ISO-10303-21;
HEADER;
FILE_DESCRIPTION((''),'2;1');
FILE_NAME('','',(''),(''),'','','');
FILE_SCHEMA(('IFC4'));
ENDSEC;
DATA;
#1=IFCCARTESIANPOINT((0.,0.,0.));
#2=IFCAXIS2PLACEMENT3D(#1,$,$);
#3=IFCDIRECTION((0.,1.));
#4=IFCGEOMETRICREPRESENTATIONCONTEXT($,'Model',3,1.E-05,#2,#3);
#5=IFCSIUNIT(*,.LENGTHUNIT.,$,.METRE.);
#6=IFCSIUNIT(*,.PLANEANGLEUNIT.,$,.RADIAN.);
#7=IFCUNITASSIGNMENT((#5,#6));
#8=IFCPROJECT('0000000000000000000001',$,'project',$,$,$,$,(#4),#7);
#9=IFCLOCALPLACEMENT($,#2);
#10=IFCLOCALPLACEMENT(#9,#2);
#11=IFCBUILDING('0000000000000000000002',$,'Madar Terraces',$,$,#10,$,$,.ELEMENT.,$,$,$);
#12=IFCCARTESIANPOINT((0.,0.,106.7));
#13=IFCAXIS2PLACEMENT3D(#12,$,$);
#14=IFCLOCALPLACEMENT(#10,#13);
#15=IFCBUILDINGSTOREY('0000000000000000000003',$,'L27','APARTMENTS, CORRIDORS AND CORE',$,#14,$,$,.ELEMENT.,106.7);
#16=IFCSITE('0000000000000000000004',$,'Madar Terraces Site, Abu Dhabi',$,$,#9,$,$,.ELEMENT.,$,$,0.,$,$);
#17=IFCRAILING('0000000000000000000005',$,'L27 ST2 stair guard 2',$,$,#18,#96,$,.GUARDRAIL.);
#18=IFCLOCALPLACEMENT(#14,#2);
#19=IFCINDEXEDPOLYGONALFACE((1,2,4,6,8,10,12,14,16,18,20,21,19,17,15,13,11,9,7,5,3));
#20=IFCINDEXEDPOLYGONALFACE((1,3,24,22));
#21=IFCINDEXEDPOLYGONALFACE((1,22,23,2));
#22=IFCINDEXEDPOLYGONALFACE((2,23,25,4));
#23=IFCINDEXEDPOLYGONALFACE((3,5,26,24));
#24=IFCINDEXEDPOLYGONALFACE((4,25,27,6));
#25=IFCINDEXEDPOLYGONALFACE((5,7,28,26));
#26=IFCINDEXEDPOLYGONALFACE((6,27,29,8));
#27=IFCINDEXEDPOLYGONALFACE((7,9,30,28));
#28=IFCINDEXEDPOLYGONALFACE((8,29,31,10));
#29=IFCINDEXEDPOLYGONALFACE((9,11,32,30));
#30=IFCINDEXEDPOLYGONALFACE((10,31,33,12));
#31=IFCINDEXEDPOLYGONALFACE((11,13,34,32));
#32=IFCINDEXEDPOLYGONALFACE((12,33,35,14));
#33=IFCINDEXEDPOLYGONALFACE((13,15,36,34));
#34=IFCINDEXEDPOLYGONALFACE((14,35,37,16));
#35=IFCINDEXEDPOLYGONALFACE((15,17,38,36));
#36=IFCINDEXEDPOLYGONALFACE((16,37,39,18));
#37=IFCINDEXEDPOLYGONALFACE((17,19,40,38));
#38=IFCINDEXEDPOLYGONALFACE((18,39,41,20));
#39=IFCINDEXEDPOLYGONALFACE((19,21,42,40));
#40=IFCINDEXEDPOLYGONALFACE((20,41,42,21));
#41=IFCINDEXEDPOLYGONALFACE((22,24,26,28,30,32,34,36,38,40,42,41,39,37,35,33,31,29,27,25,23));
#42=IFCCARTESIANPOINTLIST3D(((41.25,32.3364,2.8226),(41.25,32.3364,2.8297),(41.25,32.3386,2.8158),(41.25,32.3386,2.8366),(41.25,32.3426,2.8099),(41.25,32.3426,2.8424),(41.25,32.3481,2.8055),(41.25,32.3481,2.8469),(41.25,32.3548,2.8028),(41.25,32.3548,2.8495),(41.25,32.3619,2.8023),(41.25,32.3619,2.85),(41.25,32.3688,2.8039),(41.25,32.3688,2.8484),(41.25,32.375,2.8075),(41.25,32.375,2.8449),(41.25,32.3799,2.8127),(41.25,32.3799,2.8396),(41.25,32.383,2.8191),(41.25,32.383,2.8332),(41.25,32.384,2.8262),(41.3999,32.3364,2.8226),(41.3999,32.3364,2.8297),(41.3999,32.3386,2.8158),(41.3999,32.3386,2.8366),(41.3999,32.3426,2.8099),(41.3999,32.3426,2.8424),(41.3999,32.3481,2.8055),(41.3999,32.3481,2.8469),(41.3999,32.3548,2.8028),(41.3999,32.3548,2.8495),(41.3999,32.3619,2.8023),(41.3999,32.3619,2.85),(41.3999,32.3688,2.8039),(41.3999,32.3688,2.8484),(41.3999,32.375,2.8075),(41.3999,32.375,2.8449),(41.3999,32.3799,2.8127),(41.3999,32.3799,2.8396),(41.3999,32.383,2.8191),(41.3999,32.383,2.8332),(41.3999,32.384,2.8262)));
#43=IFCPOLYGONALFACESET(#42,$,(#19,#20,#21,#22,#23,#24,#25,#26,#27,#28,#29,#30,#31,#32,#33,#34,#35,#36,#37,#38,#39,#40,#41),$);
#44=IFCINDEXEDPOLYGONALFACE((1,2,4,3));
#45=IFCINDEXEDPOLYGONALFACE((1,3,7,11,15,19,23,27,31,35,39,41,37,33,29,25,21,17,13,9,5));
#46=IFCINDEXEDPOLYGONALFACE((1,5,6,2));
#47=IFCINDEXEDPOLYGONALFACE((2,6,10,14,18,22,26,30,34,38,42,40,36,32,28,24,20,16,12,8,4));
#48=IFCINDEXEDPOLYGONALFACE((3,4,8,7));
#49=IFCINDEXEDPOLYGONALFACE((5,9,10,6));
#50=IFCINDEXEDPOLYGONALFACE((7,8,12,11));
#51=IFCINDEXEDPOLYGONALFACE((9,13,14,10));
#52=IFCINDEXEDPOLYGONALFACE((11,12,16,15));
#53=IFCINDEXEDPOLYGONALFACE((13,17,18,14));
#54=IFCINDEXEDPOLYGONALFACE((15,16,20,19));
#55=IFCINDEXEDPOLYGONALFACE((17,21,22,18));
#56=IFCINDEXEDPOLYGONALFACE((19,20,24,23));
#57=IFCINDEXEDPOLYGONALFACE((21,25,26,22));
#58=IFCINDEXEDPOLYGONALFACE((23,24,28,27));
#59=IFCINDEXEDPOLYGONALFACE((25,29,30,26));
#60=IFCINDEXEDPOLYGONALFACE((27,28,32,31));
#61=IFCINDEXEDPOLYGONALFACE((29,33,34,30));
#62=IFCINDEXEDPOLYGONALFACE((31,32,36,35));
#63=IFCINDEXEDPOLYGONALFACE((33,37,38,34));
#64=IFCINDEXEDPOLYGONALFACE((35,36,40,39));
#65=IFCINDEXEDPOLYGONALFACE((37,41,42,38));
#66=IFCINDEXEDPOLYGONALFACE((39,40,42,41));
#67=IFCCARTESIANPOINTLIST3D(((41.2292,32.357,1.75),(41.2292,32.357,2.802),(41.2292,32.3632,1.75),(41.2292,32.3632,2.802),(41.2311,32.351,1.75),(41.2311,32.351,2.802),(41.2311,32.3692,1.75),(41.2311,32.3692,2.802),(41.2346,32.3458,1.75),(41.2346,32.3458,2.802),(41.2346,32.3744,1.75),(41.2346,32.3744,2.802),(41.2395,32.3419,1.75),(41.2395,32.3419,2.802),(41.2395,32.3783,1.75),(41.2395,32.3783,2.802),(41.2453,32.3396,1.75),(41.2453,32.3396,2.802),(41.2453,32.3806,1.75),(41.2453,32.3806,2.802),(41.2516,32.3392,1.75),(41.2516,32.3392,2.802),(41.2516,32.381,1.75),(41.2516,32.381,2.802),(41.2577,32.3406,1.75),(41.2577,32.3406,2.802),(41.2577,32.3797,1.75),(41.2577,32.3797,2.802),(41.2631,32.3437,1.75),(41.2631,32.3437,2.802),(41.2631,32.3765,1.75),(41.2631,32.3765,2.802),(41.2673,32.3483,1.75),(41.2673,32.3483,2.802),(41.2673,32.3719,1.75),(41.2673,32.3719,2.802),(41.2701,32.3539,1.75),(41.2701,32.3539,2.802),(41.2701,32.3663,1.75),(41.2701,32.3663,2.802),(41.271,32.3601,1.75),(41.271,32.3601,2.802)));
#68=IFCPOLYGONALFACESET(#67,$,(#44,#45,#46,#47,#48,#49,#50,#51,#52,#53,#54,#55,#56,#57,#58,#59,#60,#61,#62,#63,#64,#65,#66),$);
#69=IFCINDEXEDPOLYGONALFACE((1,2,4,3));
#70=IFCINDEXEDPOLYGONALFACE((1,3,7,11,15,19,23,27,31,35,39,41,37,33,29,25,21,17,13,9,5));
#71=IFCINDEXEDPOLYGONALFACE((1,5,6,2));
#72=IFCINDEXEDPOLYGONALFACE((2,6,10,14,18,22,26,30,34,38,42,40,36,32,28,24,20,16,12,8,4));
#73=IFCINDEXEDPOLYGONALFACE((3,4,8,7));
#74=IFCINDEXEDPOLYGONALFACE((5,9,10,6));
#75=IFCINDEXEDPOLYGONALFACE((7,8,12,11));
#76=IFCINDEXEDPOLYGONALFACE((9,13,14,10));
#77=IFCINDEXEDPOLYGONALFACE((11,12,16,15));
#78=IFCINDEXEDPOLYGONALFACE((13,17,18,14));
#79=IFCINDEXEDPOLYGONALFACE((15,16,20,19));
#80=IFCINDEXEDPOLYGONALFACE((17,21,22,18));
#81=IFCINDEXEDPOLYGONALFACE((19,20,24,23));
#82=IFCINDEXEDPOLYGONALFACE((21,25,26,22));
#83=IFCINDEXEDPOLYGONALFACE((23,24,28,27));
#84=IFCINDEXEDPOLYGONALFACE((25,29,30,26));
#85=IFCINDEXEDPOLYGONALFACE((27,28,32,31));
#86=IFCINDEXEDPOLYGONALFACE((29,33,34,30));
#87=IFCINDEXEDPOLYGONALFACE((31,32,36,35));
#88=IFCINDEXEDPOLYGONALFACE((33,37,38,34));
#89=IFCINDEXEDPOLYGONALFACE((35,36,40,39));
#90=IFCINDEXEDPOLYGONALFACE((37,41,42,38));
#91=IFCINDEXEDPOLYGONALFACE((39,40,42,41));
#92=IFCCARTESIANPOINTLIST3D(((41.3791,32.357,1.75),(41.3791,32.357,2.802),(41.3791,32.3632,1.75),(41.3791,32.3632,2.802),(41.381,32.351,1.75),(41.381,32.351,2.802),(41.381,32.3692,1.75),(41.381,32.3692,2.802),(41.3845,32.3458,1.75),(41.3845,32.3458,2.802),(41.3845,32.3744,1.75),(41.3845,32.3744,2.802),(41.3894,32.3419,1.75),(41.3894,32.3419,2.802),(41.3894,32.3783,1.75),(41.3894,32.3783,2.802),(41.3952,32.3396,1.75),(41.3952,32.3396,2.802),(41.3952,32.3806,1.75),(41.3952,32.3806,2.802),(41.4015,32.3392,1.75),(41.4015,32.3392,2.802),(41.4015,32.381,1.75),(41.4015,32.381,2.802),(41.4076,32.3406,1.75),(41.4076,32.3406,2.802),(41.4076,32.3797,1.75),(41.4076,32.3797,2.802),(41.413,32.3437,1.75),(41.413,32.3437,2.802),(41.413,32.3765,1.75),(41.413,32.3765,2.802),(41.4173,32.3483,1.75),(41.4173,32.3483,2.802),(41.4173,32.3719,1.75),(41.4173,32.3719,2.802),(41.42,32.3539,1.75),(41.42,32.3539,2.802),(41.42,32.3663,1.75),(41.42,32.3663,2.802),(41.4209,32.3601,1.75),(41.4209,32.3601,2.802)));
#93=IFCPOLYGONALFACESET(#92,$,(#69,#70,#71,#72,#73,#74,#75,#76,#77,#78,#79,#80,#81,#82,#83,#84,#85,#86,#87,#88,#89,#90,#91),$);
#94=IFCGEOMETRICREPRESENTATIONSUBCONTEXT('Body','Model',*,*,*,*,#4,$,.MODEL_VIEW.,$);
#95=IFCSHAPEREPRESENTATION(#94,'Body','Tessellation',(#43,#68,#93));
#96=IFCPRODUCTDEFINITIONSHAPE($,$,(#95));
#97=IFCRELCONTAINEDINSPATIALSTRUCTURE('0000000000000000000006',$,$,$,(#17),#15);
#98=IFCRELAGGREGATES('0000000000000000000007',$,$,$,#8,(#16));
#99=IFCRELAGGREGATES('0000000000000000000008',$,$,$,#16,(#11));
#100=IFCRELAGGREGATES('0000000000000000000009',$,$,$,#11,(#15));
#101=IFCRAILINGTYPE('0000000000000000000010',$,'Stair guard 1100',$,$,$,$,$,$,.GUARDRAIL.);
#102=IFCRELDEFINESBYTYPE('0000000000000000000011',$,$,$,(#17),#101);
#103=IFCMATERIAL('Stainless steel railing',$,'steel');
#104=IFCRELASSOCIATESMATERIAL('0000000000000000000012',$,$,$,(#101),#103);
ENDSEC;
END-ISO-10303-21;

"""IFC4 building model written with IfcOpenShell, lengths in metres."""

from ifc_helpers import new_model, si_unit, direction, frame, origin, origin_2d, place, context, subcontext, project, spatial, circle, extrude, material, type_object, element, save


model = new_model("IFC4")

# Units and contexts
model_context = context("Model", 3, precision=1e-05, world=origin(), true_north=direction((0.0, 1.0)))
body_context = subcontext(model_context, "Body", "Model", "MODEL_VIEW")
ifc_project = project(units=[si_unit("LENGTHUNIT", "METRE"), si_unit("PLANEANGLEUNIT", "RADIAN")], contexts=[model_context])

# Site, building, storey
site_placement = place(None, origin())
site = spatial("IfcSite", under=ifc_project, at=site_placement, Name="Madar Terraces Site, Abu Dhabi", CompositionType="ELEMENT", RefElevation=0.0)
building_placement = place(site_placement, origin())
building = spatial("IfcBuilding", under=site, at=building_placement, Name="Madar Terraces", CompositionType="ELEMENT")
storey_placement = place(building_placement, frame((0.0, 0.0, 106.7)))
storey = spatial("IfcBuildingStorey", under=building, at=storey_placement, Name="L27", Description="APARTMENTS, CORRIDORS AND CORE", CompositionType="ELEMENT", Elevation=106.7)

# Railing
ifc_material_1 = material(Name="Stainless steel railing", Category="steel")
railing_type_1 = type_object("IfcRailingType", Name="Stair guard 1100", PredefinedType="GUARDRAIL", material=ifc_material_1)
railing_1_placement = place(storey_placement, frame((41.25, 32.3601, 1.75)))
element("IfcRailing", 1, at=railing_1_placement, inside=storey, type_object=railing_type_1, Name="L27 ST2 stair guard 2", PredefinedType="GUARDRAIL", context=body_context, shape_type="SweptSolid", body=[
    extrude(circle(Radius=0.0239, at=origin_2d()), frame((0.0, 0.0, 1.0762), z_axis=(1.0, 0.0, 0.0), x_axis=(0.0, 1.0, 0.0)), (0.0, 0.0, 1.0), 0.1499),
    extrude(circle(Radius=0.021, at=origin_2d()), origin(), (0.0, 0.0, 1.0), 1.052),
    extrude(circle(Radius=0.021, at=origin_2d()), frame((0.1499, 0.0, 0.0)), (0.0, 0.0, 1.0), 1.052),
])

save(model, "model.ifc")
